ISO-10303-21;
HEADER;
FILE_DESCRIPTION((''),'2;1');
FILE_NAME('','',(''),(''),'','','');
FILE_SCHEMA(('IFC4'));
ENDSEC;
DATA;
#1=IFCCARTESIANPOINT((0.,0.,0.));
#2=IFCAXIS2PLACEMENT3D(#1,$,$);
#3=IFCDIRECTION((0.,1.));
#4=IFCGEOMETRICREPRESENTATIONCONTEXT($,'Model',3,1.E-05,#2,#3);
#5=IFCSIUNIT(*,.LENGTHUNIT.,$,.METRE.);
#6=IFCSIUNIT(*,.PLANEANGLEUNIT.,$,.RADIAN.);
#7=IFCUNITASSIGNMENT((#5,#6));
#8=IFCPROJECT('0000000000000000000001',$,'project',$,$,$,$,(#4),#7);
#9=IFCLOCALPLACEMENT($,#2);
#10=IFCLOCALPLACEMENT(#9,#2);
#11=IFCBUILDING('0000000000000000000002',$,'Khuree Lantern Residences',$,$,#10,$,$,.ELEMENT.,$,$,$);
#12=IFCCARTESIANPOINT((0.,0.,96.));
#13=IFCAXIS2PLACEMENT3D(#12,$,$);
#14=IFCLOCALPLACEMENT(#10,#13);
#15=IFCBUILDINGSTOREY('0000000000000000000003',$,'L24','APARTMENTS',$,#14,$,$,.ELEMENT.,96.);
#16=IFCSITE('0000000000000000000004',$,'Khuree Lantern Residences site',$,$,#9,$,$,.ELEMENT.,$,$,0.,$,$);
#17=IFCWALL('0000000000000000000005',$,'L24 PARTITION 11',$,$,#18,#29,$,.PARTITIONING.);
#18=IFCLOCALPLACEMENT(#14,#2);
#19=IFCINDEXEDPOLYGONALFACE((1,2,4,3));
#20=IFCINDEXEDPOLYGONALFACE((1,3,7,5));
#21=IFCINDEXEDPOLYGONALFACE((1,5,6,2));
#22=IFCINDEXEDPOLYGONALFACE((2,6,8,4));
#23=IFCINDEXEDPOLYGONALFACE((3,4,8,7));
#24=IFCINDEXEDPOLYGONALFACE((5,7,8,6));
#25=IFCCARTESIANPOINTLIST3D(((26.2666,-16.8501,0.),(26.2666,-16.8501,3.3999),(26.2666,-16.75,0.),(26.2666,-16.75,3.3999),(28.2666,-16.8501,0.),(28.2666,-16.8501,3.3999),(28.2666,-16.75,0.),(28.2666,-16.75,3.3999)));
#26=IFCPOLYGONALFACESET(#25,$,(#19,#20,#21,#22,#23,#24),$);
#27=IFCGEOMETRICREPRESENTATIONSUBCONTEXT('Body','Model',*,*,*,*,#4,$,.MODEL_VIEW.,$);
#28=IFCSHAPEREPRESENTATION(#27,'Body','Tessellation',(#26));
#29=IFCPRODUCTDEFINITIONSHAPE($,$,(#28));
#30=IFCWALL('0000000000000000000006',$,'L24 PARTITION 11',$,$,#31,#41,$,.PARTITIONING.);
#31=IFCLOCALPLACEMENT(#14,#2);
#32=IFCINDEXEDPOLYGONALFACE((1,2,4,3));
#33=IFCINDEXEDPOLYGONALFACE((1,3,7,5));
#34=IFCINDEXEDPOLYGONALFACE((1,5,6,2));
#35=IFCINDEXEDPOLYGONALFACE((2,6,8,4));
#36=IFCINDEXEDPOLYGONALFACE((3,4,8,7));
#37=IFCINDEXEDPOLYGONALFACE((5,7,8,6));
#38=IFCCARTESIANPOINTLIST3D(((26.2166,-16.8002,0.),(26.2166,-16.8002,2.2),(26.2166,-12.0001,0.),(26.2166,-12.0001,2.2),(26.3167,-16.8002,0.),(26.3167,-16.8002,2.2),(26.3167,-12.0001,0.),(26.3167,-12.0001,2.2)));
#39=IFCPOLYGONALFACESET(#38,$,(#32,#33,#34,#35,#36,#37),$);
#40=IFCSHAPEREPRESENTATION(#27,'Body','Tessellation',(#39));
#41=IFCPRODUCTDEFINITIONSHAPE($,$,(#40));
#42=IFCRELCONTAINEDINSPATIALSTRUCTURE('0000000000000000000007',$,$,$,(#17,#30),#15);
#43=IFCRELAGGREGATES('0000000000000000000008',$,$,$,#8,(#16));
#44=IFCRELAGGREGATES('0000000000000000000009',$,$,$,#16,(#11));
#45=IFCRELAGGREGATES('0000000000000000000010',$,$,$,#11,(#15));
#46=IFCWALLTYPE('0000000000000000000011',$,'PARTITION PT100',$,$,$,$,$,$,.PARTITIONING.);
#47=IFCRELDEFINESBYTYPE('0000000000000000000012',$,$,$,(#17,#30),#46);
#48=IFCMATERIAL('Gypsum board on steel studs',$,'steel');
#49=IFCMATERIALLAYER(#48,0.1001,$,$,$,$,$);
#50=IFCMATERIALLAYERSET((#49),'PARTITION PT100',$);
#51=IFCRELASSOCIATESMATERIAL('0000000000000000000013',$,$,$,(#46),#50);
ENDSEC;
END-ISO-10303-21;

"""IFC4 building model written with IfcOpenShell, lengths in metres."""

from ifc_helpers import new_model, si_unit, direction, frame, frame_2d, origin, place, context, subcontext, project, spatial, rectangle, extrude, material, layer, layer_set, type_object, element, save


model = new_model("IFC4")

# Units and contexts
model_context = context("Model", 3, precision=1e-05, world=origin(), true_north=direction((0.0, 1.0)))
body_context = subcontext(model_context, "Body", "Model", "MODEL_VIEW")
ifc_project = project(units=[si_unit("LENGTHUNIT", "METRE"), si_unit("PLANEANGLEUNIT", "RADIAN")], contexts=[model_context])

# Site, building, storey
site_placement = place(None, origin())
site = spatial("IfcSite", under=ifc_project, at=site_placement, Name="Khuree Lantern Residences site", CompositionType="ELEMENT", RefElevation=0.0)
building_placement = place(site_placement, origin())
building = spatial("IfcBuilding", under=site, at=building_placement, Name="Khuree Lantern Residences", CompositionType="ELEMENT")
storey_placement = place(building_placement, frame((0.0, 0.0, 96.0)))
storey = spatial("IfcBuildingStorey", under=building, at=storey_placement, Name="L24", Description="APARTMENTS", CompositionType="ELEMENT", Elevation=96.0)

# Shared definitions
ifc_material_1 = material(Name="Gypsum board on steel studs", Category="steel")
ifc_layer_1 = layer(ifc_material_1, 0.1001)
ifc_layer_set_1 = layer_set([ifc_layer_1], Name="PARTITION PT100")
wall_type_1 = type_object("IfcWallType", Name="PARTITION PT100", PredefinedType="PARTITIONING", material=ifc_layer_set_1)

# Walls
wall_1_placement = place(storey_placement, frame((26.2666, -16.8, 0.0), z_axis=(0.0, 0.0, 1.0), x_axis=(1.0, 0.0, 0.0)))
element("IfcWall", 1, at=wall_1_placement, inside=storey, type_object=wall_type_1, Name="L24 PARTITION 11", PredefinedType="PARTITIONING", context=body_context, shape_type="SweptSolid", body=[
    extrude(rectangle(XDim=2.0, YDim=0.1001, at=frame_2d((1.0, 0.0))), origin(), (0.0, 0.0, 1.0), 3.3999),
])
wall_2_placement = place(storey_placement, frame((26.2666, -16.8, 0.0), z_axis=(0.0, 0.0, 1.0), x_axis=(0.0, 1.0, 0.0)))
element("IfcWall", 2, at=wall_2_placement, inside=storey, type_object=wall_type_1, Name="L24 PARTITION 11", PredefinedType="PARTITIONING", context=body_context, shape_type="SweptSolid", body=[
    extrude(rectangle(XDim=4.8, YDim=0.1001, at=frame_2d((2.3999, 0.0))), origin(), (0.0, 0.0, 1.0), 2.2),
])

save(model, "model.ifc")
